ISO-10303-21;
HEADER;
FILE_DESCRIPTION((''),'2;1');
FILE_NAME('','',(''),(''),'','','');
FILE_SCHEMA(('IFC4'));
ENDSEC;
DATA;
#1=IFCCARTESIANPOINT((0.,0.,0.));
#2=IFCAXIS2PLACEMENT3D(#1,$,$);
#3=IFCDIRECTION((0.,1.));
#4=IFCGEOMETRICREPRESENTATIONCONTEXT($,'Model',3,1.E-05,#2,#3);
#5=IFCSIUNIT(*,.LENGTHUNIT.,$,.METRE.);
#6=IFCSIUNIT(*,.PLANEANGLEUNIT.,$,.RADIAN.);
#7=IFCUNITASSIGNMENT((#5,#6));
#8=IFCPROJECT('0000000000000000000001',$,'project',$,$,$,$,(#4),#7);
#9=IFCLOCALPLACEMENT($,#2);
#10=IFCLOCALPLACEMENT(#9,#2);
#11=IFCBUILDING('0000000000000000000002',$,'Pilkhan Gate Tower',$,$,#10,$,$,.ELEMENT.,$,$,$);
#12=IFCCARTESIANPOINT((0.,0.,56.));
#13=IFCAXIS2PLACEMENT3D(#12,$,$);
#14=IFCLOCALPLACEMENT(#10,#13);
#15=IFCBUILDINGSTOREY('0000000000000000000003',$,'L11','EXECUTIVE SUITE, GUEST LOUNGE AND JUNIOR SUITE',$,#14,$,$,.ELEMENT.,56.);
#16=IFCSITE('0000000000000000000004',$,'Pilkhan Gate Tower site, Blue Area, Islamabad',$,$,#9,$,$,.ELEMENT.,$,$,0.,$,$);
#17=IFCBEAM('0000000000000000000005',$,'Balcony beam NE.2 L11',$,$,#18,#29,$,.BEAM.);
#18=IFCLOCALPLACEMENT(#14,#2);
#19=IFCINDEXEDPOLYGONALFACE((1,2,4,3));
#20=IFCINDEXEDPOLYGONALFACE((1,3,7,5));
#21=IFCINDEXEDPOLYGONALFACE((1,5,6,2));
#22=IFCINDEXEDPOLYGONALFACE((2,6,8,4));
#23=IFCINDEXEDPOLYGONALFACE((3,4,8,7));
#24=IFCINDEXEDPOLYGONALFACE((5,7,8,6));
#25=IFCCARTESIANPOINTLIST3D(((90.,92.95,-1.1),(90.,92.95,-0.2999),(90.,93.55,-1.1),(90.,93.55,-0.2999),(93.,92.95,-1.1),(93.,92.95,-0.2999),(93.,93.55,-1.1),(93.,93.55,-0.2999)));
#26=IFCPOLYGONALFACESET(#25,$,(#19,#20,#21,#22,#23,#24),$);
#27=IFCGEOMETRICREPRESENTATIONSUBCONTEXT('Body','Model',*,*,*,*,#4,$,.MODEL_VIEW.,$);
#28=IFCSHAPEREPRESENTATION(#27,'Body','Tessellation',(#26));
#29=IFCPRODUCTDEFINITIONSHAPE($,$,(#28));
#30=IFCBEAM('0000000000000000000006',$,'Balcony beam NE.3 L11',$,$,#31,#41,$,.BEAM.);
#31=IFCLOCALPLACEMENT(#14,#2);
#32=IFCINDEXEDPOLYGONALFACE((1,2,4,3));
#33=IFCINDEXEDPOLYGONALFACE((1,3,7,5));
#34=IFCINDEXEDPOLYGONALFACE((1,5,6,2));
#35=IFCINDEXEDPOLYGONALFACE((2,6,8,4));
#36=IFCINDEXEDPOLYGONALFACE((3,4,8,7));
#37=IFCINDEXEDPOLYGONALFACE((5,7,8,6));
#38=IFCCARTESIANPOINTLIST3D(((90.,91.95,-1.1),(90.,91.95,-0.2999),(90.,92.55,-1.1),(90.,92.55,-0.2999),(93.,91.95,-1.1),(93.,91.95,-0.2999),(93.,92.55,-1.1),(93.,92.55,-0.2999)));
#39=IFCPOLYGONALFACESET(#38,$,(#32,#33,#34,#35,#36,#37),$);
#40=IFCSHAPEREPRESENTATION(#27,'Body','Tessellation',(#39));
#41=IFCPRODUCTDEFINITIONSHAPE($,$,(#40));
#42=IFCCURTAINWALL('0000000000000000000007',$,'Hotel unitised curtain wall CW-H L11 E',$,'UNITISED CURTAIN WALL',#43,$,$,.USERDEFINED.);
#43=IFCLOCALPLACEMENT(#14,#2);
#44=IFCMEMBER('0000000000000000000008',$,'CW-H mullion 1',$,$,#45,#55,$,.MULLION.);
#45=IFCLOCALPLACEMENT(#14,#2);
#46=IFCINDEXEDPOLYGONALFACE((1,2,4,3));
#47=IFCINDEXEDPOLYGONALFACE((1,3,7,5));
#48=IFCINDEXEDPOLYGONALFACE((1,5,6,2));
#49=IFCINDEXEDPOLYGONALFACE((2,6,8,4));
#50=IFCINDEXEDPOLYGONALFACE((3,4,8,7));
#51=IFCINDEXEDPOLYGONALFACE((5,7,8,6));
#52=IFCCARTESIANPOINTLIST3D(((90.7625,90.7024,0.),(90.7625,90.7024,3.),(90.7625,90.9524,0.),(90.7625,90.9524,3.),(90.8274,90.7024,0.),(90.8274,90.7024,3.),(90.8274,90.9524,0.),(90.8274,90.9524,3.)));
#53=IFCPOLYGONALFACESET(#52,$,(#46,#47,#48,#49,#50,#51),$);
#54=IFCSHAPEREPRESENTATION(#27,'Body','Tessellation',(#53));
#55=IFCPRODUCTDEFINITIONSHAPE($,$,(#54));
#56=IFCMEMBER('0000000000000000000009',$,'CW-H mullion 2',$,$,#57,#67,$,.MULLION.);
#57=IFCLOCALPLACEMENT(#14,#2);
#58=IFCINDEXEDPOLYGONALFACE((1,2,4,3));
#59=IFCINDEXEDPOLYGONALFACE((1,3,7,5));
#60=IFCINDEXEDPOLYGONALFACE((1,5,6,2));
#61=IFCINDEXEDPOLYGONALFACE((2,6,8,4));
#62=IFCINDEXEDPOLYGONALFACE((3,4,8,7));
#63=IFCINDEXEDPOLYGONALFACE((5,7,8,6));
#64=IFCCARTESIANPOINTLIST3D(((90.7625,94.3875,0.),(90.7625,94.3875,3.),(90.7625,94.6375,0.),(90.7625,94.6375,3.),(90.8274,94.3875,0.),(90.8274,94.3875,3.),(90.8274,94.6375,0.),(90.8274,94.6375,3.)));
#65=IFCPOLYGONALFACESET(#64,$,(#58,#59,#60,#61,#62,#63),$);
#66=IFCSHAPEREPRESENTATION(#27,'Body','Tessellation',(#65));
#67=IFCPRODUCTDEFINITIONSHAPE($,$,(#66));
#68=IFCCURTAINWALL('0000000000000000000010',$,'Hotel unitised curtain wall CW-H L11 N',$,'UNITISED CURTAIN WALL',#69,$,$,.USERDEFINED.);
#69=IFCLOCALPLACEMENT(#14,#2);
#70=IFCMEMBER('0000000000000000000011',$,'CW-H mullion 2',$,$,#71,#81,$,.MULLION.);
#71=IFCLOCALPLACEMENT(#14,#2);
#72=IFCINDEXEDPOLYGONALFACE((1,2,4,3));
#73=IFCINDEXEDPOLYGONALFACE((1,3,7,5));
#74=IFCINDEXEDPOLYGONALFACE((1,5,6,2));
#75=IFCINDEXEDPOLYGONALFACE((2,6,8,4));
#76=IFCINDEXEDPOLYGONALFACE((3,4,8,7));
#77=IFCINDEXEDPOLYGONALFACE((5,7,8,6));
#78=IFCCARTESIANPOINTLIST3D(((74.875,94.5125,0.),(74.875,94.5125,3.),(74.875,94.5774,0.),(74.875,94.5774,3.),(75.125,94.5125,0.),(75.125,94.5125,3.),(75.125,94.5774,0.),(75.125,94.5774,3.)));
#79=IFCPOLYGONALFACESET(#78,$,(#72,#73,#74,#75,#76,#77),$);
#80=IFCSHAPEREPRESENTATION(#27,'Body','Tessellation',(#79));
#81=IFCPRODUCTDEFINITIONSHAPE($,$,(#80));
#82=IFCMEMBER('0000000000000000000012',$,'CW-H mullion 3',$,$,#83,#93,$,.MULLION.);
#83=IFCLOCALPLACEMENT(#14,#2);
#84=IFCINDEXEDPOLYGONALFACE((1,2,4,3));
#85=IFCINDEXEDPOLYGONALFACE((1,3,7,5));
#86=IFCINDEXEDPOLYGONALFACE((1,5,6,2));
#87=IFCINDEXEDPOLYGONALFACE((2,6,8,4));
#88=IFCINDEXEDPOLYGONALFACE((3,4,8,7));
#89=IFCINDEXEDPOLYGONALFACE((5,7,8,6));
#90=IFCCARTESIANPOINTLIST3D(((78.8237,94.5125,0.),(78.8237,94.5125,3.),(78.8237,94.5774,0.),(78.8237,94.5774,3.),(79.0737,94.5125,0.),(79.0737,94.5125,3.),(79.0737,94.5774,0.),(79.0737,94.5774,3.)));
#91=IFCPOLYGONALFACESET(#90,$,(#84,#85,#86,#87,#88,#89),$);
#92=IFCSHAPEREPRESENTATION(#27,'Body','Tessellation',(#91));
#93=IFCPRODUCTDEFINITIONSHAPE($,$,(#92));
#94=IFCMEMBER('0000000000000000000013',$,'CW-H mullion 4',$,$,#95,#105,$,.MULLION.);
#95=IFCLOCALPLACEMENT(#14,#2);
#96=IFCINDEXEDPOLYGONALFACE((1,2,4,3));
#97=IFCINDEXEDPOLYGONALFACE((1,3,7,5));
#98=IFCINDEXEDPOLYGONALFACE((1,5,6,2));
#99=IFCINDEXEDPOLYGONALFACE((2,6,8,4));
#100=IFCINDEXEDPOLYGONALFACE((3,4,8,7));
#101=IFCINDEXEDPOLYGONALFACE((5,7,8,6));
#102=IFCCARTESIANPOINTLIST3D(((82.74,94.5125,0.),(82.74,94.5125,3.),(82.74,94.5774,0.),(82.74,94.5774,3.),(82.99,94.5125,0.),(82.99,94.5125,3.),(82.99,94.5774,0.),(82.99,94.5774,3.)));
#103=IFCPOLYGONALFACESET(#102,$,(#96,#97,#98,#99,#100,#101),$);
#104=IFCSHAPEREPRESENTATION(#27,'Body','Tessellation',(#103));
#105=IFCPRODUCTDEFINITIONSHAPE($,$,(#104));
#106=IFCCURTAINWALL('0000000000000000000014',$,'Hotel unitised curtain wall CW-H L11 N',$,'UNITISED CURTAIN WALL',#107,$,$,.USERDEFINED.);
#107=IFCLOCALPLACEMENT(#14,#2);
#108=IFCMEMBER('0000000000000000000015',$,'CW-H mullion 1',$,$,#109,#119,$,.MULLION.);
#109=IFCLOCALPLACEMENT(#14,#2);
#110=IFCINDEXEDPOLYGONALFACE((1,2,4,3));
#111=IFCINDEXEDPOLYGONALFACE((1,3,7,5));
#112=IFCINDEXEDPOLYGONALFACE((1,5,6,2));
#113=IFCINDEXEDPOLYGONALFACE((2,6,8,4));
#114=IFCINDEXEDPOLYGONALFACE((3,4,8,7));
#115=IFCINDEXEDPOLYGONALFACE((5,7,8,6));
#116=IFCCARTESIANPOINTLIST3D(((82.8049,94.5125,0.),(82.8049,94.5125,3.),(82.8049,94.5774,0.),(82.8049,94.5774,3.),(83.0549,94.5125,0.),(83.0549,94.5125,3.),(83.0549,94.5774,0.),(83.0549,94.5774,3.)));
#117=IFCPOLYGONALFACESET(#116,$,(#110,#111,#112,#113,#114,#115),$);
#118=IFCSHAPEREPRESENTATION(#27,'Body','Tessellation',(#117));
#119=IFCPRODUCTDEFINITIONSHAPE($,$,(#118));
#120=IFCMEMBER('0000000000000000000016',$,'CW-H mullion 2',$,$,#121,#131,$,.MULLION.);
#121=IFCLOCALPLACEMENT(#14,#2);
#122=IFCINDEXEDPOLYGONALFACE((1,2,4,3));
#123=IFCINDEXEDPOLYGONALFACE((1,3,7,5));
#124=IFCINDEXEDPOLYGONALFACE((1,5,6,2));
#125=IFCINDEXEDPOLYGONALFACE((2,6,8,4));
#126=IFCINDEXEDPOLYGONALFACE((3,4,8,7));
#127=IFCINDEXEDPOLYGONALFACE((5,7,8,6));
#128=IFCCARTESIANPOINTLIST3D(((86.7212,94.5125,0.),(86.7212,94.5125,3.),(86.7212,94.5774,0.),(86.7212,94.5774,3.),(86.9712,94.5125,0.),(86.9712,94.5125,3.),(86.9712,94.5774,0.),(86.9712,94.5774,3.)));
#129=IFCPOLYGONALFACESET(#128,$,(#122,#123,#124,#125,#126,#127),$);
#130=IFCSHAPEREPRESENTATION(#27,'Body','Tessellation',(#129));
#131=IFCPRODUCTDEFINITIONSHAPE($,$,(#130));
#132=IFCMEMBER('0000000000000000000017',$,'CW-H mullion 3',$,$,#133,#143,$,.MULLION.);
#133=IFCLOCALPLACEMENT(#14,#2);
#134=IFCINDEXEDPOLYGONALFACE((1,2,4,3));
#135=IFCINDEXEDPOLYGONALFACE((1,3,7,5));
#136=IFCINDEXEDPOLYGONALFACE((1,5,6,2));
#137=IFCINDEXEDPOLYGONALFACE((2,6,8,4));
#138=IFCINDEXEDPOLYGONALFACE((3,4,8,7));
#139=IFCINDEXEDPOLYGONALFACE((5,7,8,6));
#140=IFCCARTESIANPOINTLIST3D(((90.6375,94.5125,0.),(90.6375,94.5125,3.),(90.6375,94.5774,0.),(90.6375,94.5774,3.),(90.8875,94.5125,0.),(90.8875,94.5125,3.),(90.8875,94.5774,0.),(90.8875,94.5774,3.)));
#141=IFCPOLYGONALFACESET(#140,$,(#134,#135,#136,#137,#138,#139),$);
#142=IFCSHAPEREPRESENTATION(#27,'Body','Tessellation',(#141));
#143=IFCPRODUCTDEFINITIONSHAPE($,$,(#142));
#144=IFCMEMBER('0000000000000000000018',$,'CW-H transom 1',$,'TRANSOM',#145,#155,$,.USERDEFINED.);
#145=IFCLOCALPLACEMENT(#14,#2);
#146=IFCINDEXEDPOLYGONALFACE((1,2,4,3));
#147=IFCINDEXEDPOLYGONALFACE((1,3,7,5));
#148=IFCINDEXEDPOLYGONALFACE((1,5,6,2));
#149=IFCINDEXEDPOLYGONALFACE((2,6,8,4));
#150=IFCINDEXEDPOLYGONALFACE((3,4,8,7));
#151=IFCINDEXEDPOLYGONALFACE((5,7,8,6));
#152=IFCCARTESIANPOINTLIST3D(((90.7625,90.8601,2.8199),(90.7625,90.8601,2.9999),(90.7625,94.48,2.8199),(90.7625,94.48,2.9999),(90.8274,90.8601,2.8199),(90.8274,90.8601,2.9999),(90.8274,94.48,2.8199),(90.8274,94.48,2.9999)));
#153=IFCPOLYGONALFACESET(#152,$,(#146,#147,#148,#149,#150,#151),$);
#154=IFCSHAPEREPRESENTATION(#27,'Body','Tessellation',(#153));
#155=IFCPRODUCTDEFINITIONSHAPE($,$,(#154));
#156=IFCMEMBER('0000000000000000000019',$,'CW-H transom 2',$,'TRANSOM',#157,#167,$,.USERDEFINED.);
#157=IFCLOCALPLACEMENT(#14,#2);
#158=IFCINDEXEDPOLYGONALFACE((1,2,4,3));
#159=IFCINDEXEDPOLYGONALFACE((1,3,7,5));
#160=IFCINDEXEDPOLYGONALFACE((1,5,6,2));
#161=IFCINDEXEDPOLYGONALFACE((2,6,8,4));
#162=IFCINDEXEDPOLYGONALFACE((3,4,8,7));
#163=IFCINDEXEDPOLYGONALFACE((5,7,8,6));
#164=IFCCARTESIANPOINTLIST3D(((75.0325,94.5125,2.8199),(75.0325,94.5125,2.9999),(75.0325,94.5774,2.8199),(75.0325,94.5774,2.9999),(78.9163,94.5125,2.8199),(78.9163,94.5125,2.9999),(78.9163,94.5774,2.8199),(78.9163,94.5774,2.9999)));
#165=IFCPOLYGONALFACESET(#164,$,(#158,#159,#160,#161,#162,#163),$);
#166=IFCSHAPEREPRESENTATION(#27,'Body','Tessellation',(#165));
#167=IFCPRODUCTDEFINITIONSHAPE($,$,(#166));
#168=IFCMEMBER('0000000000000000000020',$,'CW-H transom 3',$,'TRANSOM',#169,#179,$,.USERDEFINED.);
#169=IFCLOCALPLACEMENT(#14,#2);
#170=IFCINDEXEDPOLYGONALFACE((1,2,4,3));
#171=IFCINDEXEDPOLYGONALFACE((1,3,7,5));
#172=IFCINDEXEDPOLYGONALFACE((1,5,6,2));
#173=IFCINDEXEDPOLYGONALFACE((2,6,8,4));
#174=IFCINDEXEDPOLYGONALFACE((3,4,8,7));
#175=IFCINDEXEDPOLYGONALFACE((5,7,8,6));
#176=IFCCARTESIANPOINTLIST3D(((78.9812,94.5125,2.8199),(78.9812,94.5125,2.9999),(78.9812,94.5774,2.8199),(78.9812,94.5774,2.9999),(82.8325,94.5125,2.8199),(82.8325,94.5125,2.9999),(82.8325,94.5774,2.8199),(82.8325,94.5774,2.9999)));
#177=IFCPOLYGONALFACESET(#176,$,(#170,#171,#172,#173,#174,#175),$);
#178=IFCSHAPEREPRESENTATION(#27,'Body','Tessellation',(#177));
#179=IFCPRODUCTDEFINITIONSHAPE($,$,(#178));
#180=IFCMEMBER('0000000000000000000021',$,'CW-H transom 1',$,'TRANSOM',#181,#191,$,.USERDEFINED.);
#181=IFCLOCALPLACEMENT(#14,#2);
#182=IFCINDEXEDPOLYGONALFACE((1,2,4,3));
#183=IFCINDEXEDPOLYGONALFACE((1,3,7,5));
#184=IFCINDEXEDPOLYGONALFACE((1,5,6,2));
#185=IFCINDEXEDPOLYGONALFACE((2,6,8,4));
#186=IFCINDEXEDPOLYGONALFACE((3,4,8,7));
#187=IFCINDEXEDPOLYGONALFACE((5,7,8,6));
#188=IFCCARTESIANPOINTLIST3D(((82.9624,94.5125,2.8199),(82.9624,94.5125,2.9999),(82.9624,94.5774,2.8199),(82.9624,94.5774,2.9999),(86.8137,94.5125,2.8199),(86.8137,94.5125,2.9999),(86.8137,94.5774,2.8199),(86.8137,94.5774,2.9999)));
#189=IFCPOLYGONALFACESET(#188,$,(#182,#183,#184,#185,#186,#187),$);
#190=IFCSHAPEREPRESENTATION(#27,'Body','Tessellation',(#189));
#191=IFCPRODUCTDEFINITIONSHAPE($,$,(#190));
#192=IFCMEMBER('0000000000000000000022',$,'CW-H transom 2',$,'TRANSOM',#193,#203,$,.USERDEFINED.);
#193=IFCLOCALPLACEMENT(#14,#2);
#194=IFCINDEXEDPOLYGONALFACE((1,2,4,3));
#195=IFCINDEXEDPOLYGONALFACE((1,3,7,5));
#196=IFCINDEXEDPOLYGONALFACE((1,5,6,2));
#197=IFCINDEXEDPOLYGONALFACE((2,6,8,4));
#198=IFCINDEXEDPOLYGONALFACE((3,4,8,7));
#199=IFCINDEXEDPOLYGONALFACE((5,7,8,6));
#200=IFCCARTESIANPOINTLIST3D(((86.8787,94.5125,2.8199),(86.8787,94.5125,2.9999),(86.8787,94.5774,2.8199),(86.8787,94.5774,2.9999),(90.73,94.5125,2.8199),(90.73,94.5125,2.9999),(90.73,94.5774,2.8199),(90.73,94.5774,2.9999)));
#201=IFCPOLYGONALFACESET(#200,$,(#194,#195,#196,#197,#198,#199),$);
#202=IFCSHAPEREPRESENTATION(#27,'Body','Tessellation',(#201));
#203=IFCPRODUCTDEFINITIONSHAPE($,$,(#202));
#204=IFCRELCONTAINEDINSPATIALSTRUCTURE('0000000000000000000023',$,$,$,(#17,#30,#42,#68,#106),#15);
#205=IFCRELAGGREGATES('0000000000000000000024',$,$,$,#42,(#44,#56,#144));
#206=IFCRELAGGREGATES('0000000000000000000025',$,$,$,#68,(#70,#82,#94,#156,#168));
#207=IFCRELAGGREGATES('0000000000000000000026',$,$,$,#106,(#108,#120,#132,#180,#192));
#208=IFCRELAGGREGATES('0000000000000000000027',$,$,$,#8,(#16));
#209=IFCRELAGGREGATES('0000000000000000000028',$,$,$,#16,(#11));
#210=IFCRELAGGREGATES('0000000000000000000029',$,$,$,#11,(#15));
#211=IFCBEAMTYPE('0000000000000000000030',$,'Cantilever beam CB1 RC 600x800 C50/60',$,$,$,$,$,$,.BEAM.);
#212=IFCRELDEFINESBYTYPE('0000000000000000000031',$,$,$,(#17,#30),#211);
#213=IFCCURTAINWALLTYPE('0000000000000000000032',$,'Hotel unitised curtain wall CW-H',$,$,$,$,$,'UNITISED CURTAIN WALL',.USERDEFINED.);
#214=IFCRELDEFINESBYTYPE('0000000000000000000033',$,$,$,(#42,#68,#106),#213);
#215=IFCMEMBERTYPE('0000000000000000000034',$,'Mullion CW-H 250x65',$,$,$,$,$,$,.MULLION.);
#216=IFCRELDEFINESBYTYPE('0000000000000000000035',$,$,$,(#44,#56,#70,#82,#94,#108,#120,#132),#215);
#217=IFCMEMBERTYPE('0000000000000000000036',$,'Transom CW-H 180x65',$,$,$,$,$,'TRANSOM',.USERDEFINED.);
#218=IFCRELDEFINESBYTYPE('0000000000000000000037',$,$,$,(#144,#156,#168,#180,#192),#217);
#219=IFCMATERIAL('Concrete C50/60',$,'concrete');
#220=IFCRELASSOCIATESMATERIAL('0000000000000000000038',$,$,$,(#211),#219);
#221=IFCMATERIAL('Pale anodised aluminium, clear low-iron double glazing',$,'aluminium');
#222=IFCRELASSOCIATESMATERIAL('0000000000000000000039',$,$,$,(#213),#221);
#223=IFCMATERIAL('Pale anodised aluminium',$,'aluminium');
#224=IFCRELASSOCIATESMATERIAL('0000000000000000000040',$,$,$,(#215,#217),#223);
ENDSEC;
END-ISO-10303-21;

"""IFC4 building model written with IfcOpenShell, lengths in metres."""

from ifc_helpers import new_model, si_unit, direction, frame, origin, origin_2d, place, context, subcontext, project, spatial, rectangle, extrude, material, material_profile, profile_set, type_object, element, aggregate, save


model = new_model("IFC4")

# Units and contexts
model_context = context("Model", 3, precision=1e-05, world=origin(), true_north=direction((0.0, 1.0)))
body_context = subcontext(model_context, "Body", "Model", "MODEL_VIEW")
ifc_project = project(units=[si_unit("LENGTHUNIT", "METRE"), si_unit("PLANEANGLEUNIT", "RADIAN")], contexts=[model_context])

# Site, building, storey
site_placement = place(None, origin())
site = spatial("IfcSite", under=ifc_project, at=site_placement, Name="Pilkhan Gate Tower site, Blue Area, Islamabad", CompositionType="ELEMENT", RefElevation=0.0)
building_placement = place(site_placement, origin())
building = spatial("IfcBuilding", under=site, at=building_placement, Name="Pilkhan Gate Tower", CompositionType="ELEMENT")
storey_placement = place(building_placement, frame((0.0, 0.0, 56.0)))
storey = spatial("IfcBuildingStorey", under=building, at=storey_placement, Name="L11", Description="EXECUTIVE SUITE, GUEST LOUNGE AND JUNIOR SUITE", CompositionType="ELEMENT", Elevation=56.0)

# Beams
ifc_material_1 = material(Name="Concrete C50/60", Category="concrete")
ifc_material_profile_1 = material_profile(ifc_material_1, rectangle(XDim=0.6001, YDim=0.8, at=origin_2d()), Name="RC 600x800")
ifc_profile_set_1 = profile_set([ifc_material_profile_1], Name="Concrete C50/60")
beam_type = type_object("IfcBeamType", Name="Cantilever beam CB1 RC 600x800 C50/60", PredefinedType="BEAM", material=ifc_profile_set_1)
for number, where, z_axis, x_axis, name in (
    (1, (90.0, 93.25, -0.7), (1.0, 0.0, 0.0), (0.0, 1.0, 0.0), "Balcony beam NE.2 L11"),
    (2, (90.0, 92.25, -0.7), (1.0, 0.0, 0.0), (0.0, 1.0, 0.0), "Balcony beam NE.3 L11"),
):
    element("IfcBeam", number, at=place(storey_placement, frame(where, z_axis=z_axis, x_axis=x_axis)), inside=storey, type_object=beam_type, Name=name, PredefinedType="BEAM", context=body_context, shape_type="SweptSolid", body=[
        extrude(rectangle(XDim=0.6001, YDim=0.8, at=origin_2d()), origin(), (0.0, 0.0, 1.0), 3.0),
    ])

# Curtain walls, members
ifc_material_2 = material(Name="Pale anodised aluminium, clear low-iron double glazing", Category="aluminium")
curtain_wall_type = type_object("IfcCurtainWallType", Name="Hotel unitised curtain wall CW-H", ElementType="UNITISED CURTAIN WALL", PredefinedType="USERDEFINED", material=ifc_material_2)
curtain_wall_1_placement = place(storey_placement, origin())
curtain_wall_1 = element("IfcCurtainWall", 3, at=curtain_wall_1_placement, inside=storey, type_object=curtain_wall_type, Name="Hotel unitised curtain wall CW-H L11 E", ObjectType="UNITISED CURTAIN WALL", PredefinedType="USERDEFINED")
ifc_material_3 = material(Name="Pale anodised aluminium", Category="aluminium")
ifc_material_profile_2 = material_profile(ifc_material_3, rectangle(XDim=0.0649, YDim=0.25, at=origin_2d()), Name="Mullion 250x65")
ifc_profile_set_2 = profile_set([ifc_material_profile_2], Name="Pale anodised aluminium")
member_type_1 = type_object("IfcMemberType", Name="Mullion CW-H 250x65", PredefinedType="MULLION", material=ifc_profile_set_2)
member_1_placement = place(storey_placement, frame((90.7949, 90.8274, 0.0), z_axis=(0.0, 0.0, 1.0), x_axis=(-1.0, 0.0, 0.0)))
member_1 = element("IfcMember", 4, at=member_1_placement, type_object=member_type_1, Name="CW-H mullion 1", PredefinedType="MULLION", context=body_context, shape_type="SweptSolid", body=[
    extrude(rectangle(XDim=0.0649, YDim=0.25, at=origin_2d()), origin(), (0.0, 0.0, 1.0), 3.0),
])
member_2_placement = place(storey_placement, frame((90.7949, 94.5125, 0.0), z_axis=(0.0, 0.0, 1.0), x_axis=(-1.0, 0.0, 0.0)))
member_2 = element("IfcMember", 5, at=member_2_placement, type_object=member_type_1, Name="CW-H mullion 2", PredefinedType="MULLION", context=body_context, shape_type="SweptSolid", body=[
    extrude(rectangle(XDim=0.0649, YDim=0.25, at=origin_2d()), origin(), (0.0, 0.0, 1.0), 3.0),
])
curtain_wall_2_placement = place(storey_placement, origin())
curtain_wall_2 = element("IfcCurtainWall", 6, at=curtain_wall_2_placement, inside=storey, type_object=curtain_wall_type, Name="Hotel unitised curtain wall CW-H L11 N", ObjectType="UNITISED CURTAIN WALL", PredefinedType="USERDEFINED")
member_3_placement = place(storey_placement, frame((75.0, 94.5449, 0.0), z_axis=(0.0, 0.0, 1.0), x_axis=(0.0, 1.0, 0.0)))
member_3 = element("IfcMember", 7, at=member_3_placement, type_object=member_type_1, Name="CW-H mullion 2", PredefinedType="MULLION", context=body_context, shape_type="SweptSolid", body=[
    extrude(rectangle(XDim=0.0649, YDim=0.25, at=origin_2d()), origin(), (0.0, 0.0, 1.0), 3.0),
])
member_4_placement = place(storey_placement, frame((78.9487, 94.5449, 0.0), z_axis=(0.0, 0.0, 1.0), x_axis=(0.0, 1.0, 0.0)))
member_4 = element("IfcMember", 8, at=member_4_placement, type_object=member_type_1, Name="CW-H mullion 3", PredefinedType="MULLION", context=body_context, shape_type="SweptSolid", body=[
    extrude(rectangle(XDim=0.0649, YDim=0.25, at=origin_2d()), origin(), (0.0, 0.0, 1.0), 3.0),
])
member_5_placement = place(storey_placement, frame((82.865, 94.5449, 0.0), z_axis=(0.0, 0.0, 1.0), x_axis=(0.0, 1.0, 0.0)))
member_5 = element("IfcMember", 9, at=member_5_placement, type_object=member_type_1, Name="CW-H mullion 4", PredefinedType="MULLION", context=body_context, shape_type="SweptSolid", body=[
    extrude(rectangle(XDim=0.0649, YDim=0.25, at=origin_2d()), origin(), (0.0, 0.0, 1.0), 3.0),
])
curtain_wall_3_placement = place(storey_placement, origin())
curtain_wall_3 = element("IfcCurtainWall", 10, at=curtain_wall_3_placement, inside=storey, type_object=curtain_wall_type, Name="Hotel unitised curtain wall CW-H L11 N", ObjectType="UNITISED CURTAIN WALL", PredefinedType="USERDEFINED")
member_6_placement = place(storey_placement, frame((82.9299, 94.5449, 0.0), z_axis=(0.0, 0.0, 1.0), x_axis=(0.0, 1.0, 0.0)))
member_6 = element("IfcMember", 11, at=member_6_placement, type_object=member_type_1, Name="CW-H mullion 1", PredefinedType="MULLION", context=body_context, shape_type="SweptSolid", body=[
    extrude(rectangle(XDim=0.0649, YDim=0.25, at=origin_2d()), origin(), (0.0, 0.0, 1.0), 3.0),
])
member_7_placement = place(storey_placement, frame((86.8462, 94.5449, 0.0), z_axis=(0.0, 0.0, 1.0), x_axis=(0.0, 1.0, 0.0)))
member_7 = element("IfcMember", 12, at=member_7_placement, type_object=member_type_1, Name="CW-H mullion 2", PredefinedType="MULLION", context=body_context, shape_type="SweptSolid", body=[
    extrude(rectangle(XDim=0.0649, YDim=0.25, at=origin_2d()), origin(), (0.0, 0.0, 1.0), 3.0),
])
member_8_placement = place(storey_placement, frame((90.7625, 94.5449, 0.0), z_axis=(0.0, 0.0, 1.0), x_axis=(0.0, 1.0, 0.0)))
member_8 = element("IfcMember", 13, at=member_8_placement, type_object=member_type_1, Name="CW-H mullion 3", PredefinedType="MULLION", context=body_context, shape_type="SweptSolid", body=[
    extrude(rectangle(XDim=0.0649, YDim=0.25, at=origin_2d()), origin(), (0.0, 0.0, 1.0), 3.0),
])

# Members
ifc_material_profile_3 = material_profile(ifc_material_3, rectangle(XDim=0.0649, YDim=0.1799, at=origin_2d()), Name="Transom 180x65")
ifc_profile_set_3 = profile_set([ifc_material_profile_3], Name="Pale anodised aluminium")
member_type_2 = type_object("IfcMemberType", Name="Transom CW-H 180x65", ElementType="TRANSOM", PredefinedType="USERDEFINED", material=ifc_profile_set_3)
member_9_placement = place(storey_placement, frame((90.7949, 90.8601, 2.9099), z_axis=(0.0, 1.0, 0.0), x_axis=(-1.0, 0.0, 0.0)))
member_9 = element("IfcMember", 14, at=member_9_placement, type_object=member_type_2, Name="CW-H transom 1", ObjectType="TRANSOM", PredefinedType="USERDEFINED", context=body_context, shape_type="SweptSolid", body=[
    extrude(rectangle(XDim=0.0649, YDim=0.1799, at=origin_2d()), origin(), (0.0, 0.0, 1.0), 3.6199),
])
member_10_placement = place(storey_placement, frame((75.0325, 94.5449, 2.9099), z_axis=(1.0, 0.0, 0.0), x_axis=(0.0, 1.0, 0.0)))
member_10 = element("IfcMember", 15, at=member_10_placement, type_object=member_type_2, Name="CW-H transom 2", ObjectType="TRANSOM", PredefinedType="USERDEFINED", context=body_context, shape_type="SweptSolid", body=[
    extrude(rectangle(XDim=0.0649, YDim=0.1799, at=origin_2d()), origin(), (0.0, 0.0, 1.0), 3.8838),
])
member_11_placement = place(storey_placement, frame((78.9812, 94.5449, 2.9099), z_axis=(1.0, 0.0, 0.0), x_axis=(0.0, 1.0, 0.0)))
member_11 = element("IfcMember", 16, at=member_11_placement, type_object=member_type_2, Name="CW-H transom 3", ObjectType="TRANSOM", PredefinedType="USERDEFINED", context=body_context, shape_type="SweptSolid", body=[
    extrude(rectangle(XDim=0.0649, YDim=0.1799, at=origin_2d()), origin(), (0.0, 0.0, 1.0), 3.8513),
])
member_12_placement = place(storey_placement, frame((82.9624, 94.5449, 2.9099), z_axis=(1.0, 0.0, 0.0), x_axis=(0.0, 1.0, 0.0)))
member_12 = element("IfcMember", 17, at=member_12_placement, type_object=member_type_2, Name="CW-H transom 1", ObjectType="TRANSOM", PredefinedType="USERDEFINED", context=body_context, shape_type="SweptSolid", body=[
    extrude(rectangle(XDim=0.0649, YDim=0.1799, at=origin_2d()), origin(), (0.0, 0.0, 1.0), 3.8513),
])
member_13_placement = place(storey_placement, frame((86.8787, 94.5449, 2.9099), z_axis=(1.0, 0.0, 0.0), x_axis=(0.0, 1.0, 0.0)))
member_13 = element("IfcMember", 18, at=member_13_placement, type_object=member_type_2, Name="CW-H transom 2", ObjectType="TRANSOM", PredefinedType="USERDEFINED", context=body_context, shape_type="SweptSolid", body=[
    extrude(rectangle(XDim=0.0649, YDim=0.1799, at=origin_2d()), origin(), (0.0, 0.0, 1.0), 3.8513),
])

aggregate(curtain_wall_1, [member_1, member_2, member_9])
aggregate(curtain_wall_2, [member_3, member_4, member_5, member_10, member_11])
aggregate(curtain_wall_3, [member_6, member_7, member_8, member_12, member_13])

save(model, "model.ifc")
